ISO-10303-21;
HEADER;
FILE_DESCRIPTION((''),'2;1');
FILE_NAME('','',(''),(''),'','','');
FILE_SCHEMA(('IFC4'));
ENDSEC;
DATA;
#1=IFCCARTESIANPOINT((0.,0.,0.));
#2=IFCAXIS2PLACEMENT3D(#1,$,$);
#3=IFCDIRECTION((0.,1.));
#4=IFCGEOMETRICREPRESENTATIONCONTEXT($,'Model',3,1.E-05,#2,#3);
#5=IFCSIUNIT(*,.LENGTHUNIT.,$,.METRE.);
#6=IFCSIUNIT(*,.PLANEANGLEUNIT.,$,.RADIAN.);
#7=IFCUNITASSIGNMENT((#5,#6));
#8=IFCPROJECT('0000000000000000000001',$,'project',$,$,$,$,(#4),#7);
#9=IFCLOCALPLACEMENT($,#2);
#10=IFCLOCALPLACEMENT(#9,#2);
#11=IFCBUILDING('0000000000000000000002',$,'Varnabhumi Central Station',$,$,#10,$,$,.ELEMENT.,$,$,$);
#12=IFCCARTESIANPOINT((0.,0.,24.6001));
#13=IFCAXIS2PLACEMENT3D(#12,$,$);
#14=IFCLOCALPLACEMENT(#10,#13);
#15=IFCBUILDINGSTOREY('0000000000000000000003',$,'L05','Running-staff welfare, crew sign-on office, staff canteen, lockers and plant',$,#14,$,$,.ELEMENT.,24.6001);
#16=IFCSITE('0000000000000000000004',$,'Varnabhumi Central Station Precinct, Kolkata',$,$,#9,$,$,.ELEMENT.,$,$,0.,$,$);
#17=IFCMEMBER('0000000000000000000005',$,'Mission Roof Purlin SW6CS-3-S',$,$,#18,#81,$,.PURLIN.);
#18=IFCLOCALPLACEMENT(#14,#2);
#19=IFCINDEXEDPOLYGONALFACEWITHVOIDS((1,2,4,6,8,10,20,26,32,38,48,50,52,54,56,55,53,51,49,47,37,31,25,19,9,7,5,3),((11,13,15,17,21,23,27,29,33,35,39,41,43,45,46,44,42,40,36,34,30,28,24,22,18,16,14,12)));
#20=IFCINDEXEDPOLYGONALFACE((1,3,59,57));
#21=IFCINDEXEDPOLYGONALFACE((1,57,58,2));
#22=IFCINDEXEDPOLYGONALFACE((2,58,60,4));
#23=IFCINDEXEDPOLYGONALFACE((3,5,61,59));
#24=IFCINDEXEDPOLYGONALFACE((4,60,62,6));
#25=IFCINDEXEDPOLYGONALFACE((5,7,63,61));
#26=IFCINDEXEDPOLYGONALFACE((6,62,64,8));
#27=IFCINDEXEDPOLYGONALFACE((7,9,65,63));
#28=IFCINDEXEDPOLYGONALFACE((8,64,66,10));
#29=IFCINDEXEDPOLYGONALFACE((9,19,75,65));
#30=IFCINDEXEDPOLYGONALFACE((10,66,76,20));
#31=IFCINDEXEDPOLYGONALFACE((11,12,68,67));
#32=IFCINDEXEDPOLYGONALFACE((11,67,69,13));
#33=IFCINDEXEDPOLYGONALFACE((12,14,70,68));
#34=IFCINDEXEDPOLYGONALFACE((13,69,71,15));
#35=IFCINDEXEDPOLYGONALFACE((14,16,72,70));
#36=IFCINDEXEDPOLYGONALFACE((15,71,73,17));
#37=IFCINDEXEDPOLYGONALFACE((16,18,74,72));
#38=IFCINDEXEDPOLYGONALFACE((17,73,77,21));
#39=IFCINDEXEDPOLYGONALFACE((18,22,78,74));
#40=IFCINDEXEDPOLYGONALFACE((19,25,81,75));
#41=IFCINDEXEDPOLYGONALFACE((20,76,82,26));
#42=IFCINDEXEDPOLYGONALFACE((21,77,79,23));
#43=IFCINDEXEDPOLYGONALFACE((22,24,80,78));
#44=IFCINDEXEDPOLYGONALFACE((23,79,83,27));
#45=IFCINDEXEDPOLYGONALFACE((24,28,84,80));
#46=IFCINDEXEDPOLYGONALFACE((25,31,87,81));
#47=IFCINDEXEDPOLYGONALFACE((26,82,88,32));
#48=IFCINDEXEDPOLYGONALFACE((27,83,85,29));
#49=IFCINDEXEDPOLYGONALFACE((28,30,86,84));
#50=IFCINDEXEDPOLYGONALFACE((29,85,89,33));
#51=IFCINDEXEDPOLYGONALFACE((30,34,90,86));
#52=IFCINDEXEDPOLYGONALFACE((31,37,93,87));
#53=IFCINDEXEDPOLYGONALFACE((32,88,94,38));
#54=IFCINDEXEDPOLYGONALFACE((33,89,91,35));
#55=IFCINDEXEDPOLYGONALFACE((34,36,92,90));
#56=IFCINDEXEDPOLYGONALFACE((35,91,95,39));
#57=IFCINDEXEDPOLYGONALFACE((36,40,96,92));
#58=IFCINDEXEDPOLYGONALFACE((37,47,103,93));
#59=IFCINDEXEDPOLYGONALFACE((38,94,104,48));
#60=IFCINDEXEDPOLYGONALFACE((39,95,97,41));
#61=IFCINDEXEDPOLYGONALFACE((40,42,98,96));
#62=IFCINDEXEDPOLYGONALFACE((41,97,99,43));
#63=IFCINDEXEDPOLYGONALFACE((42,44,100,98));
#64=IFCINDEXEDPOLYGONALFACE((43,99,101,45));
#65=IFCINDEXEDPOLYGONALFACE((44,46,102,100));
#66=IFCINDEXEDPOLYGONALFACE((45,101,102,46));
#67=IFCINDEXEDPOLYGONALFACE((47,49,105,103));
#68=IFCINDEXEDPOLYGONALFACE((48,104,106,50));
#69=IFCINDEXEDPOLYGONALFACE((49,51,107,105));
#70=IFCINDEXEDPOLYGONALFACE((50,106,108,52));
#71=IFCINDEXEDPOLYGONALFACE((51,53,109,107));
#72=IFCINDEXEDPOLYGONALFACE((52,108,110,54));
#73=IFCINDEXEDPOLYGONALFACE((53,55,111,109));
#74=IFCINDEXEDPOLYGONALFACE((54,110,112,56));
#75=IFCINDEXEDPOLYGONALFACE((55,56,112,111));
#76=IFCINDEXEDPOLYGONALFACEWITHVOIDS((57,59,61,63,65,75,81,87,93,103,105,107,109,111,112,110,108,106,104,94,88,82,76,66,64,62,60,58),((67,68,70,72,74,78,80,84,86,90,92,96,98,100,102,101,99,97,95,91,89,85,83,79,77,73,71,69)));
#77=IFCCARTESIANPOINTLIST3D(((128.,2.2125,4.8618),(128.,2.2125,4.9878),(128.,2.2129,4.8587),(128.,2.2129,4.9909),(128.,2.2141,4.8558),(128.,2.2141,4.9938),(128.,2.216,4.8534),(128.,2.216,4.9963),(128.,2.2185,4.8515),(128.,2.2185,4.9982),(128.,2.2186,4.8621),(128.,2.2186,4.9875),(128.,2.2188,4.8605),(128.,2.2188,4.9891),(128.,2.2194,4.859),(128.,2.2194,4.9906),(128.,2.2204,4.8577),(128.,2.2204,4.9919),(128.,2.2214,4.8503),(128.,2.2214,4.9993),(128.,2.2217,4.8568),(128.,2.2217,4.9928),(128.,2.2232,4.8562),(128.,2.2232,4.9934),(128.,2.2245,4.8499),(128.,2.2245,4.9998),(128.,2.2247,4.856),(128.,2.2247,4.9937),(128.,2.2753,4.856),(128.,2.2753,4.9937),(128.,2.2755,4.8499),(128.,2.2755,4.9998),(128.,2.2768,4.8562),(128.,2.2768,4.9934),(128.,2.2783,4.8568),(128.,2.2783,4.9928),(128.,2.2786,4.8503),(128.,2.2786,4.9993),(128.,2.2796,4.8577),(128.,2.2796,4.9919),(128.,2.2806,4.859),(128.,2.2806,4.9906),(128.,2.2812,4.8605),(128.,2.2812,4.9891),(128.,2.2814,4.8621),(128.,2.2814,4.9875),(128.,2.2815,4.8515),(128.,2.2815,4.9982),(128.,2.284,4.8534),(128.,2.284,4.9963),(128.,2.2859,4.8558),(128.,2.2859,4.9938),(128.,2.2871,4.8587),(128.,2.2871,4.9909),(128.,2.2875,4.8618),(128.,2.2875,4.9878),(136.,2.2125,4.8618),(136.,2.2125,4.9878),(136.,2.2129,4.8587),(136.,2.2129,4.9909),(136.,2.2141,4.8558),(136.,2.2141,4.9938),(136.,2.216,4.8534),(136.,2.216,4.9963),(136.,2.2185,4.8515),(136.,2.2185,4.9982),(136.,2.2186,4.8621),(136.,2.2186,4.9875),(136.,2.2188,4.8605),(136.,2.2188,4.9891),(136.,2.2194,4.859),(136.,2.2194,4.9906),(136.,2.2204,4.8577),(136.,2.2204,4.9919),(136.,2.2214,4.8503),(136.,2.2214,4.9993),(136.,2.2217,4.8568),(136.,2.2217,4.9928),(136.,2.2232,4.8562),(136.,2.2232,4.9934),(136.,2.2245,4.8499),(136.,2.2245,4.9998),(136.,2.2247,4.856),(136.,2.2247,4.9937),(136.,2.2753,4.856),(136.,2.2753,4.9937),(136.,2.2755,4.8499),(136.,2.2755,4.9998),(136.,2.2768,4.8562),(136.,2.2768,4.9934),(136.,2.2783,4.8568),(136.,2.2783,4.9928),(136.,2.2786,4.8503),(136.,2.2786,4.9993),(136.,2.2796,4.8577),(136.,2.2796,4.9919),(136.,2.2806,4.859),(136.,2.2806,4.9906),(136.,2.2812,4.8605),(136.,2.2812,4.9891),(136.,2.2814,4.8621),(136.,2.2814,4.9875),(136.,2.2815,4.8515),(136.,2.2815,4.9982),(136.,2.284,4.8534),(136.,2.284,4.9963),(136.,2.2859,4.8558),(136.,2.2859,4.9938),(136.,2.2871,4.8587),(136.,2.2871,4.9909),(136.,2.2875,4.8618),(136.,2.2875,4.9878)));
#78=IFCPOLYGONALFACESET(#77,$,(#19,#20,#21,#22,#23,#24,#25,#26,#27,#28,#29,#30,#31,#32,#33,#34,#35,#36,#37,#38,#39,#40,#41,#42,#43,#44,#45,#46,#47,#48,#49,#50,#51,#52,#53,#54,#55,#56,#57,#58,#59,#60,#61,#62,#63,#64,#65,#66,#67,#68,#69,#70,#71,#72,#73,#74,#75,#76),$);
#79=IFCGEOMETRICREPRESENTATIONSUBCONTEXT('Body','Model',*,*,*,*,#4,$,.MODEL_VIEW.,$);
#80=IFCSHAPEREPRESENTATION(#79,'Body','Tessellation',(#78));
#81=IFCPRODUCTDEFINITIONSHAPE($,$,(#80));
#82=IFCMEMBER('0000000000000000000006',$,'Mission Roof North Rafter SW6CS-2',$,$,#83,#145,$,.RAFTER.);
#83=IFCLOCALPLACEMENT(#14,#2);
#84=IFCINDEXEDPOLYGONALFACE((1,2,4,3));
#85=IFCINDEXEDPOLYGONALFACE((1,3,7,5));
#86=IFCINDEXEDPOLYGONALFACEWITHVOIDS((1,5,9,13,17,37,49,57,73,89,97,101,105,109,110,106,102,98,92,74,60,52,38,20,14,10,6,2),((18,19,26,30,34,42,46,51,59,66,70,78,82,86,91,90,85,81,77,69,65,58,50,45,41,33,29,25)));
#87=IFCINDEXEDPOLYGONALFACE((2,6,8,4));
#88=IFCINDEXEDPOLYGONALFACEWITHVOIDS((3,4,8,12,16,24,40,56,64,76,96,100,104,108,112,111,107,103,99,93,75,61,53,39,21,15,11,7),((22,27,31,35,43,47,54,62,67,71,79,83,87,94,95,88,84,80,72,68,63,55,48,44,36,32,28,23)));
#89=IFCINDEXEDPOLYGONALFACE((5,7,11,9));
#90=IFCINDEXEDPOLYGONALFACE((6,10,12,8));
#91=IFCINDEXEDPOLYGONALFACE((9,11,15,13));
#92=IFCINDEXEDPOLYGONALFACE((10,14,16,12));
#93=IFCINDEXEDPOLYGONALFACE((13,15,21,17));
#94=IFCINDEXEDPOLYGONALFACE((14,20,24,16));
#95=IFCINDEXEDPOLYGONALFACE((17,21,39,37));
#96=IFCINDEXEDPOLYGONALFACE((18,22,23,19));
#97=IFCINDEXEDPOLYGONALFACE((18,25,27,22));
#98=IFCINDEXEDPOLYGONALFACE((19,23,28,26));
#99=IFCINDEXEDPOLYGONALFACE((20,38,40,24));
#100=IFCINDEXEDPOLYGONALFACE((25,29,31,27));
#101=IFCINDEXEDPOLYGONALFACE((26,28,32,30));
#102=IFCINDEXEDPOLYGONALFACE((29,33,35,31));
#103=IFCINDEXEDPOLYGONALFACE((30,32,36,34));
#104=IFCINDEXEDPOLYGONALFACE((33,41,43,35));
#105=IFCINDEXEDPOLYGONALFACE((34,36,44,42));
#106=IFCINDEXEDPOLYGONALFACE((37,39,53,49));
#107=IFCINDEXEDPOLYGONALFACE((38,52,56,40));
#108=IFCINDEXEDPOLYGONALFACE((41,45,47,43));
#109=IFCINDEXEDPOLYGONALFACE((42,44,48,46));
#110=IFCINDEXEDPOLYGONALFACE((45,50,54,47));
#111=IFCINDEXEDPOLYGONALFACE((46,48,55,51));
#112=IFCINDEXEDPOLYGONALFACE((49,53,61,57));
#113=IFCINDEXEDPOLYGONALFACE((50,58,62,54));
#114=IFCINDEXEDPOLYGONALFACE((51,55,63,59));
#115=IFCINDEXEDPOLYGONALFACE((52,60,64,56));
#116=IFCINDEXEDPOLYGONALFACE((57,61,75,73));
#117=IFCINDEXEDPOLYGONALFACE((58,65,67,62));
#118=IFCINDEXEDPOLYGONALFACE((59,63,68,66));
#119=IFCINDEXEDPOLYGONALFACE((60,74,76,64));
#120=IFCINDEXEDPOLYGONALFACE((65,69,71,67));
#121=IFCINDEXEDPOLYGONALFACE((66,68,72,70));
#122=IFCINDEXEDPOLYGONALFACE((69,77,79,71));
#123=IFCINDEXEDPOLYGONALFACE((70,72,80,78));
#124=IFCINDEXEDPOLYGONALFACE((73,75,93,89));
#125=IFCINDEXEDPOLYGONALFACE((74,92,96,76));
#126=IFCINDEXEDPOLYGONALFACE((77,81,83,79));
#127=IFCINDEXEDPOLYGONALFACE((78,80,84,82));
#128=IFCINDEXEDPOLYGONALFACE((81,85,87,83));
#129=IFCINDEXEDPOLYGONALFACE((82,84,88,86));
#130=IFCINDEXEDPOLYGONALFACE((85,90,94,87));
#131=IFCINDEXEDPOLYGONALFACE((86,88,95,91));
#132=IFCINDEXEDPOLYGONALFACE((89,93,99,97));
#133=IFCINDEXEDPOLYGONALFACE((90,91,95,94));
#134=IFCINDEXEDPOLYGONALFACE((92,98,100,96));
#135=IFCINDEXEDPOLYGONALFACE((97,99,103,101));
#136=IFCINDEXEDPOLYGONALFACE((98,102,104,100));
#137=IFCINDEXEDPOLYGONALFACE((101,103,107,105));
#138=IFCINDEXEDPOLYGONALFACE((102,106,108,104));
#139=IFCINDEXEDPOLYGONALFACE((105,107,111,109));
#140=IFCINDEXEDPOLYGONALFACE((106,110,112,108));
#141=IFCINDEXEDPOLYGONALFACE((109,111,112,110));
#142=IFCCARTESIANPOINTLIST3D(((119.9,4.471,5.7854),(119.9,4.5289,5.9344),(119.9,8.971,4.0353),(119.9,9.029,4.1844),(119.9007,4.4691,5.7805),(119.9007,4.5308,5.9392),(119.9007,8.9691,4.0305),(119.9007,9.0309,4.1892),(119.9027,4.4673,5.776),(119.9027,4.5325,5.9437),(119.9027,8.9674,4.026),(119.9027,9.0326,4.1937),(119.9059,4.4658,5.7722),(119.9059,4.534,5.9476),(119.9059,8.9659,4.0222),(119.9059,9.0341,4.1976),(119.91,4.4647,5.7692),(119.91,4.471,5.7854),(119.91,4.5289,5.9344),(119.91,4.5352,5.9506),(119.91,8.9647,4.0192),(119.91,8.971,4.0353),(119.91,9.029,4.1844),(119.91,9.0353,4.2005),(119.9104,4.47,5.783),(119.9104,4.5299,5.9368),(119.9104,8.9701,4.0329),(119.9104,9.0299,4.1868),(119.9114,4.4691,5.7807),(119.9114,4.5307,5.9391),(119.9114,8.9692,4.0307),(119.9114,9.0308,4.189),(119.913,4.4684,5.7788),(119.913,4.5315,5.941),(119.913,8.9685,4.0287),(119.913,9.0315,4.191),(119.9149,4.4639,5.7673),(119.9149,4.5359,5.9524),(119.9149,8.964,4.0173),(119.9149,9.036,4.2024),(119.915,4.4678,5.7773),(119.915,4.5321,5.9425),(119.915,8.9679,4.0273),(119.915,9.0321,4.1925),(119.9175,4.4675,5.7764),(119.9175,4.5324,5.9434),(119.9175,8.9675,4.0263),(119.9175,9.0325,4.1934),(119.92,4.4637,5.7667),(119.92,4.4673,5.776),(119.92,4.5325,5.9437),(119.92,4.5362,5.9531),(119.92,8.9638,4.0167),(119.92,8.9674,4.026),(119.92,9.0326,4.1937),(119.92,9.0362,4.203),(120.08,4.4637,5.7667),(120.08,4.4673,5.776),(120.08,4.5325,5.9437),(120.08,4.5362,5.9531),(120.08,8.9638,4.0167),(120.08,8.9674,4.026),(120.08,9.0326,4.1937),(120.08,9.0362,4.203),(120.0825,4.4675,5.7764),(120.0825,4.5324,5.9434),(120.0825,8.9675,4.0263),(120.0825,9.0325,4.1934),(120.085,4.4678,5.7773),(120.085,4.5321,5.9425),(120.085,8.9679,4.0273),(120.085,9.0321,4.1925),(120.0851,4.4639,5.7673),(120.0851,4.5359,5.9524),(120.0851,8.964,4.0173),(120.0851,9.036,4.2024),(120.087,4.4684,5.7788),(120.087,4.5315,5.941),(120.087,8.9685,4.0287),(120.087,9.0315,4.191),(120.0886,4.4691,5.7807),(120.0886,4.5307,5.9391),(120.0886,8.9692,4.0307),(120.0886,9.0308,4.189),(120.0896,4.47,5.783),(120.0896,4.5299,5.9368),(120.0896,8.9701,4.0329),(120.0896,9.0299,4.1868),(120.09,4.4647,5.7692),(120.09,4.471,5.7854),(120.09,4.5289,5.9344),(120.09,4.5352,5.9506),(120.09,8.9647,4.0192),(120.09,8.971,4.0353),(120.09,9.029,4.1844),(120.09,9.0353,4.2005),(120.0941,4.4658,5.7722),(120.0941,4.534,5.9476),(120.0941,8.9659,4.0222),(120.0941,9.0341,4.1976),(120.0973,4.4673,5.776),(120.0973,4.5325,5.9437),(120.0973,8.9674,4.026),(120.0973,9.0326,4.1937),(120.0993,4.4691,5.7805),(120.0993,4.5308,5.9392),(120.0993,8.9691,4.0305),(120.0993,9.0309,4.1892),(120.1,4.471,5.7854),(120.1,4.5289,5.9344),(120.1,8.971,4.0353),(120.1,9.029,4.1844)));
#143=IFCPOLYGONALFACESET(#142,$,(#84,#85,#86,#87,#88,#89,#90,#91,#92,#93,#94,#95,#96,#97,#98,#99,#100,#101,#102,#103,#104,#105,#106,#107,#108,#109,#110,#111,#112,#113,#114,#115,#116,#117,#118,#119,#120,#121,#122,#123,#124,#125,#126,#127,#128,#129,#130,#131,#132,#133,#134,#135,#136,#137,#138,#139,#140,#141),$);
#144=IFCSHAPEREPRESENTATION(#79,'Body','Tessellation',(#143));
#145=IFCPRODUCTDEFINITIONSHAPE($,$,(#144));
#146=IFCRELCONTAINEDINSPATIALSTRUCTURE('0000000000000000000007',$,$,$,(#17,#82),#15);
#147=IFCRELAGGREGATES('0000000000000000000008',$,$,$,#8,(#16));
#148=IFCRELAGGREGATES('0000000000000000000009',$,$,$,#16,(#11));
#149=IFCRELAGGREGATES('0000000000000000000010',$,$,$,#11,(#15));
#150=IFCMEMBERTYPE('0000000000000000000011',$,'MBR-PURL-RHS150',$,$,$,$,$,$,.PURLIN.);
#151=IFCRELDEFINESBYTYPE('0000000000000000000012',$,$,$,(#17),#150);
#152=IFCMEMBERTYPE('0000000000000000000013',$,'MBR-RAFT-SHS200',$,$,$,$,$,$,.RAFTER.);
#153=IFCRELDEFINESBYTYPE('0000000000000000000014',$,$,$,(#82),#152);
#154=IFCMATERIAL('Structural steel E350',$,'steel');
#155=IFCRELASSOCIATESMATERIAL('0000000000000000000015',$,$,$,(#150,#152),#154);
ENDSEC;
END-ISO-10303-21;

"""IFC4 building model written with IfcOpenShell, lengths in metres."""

from ifc_helpers import new_model, si_unit, direction, frame, origin, origin_2d, place, context, subcontext, project, spatial, hollow_rectangle, extrude, material, material_profile, profile_set, type_object, element, save


model = new_model("IFC4")

# Units and contexts
model_context = context("Model", 3, precision=1e-05, world=origin(), true_north=direction((0.0, 1.0)))
body_context = subcontext(model_context, "Body", "Model", "MODEL_VIEW")
ifc_project = project(units=[si_unit("LENGTHUNIT", "METRE"), si_unit("PLANEANGLEUNIT", "RADIAN")], contexts=[model_context])

# Site, building, storey
site_placement = place(None, origin())
site = spatial("IfcSite", under=ifc_project, at=site_placement, Name="Varnabhumi Central Station Precinct, Kolkata", CompositionType="ELEMENT", RefElevation=0.0)
building_placement = place(site_placement, origin())
building = spatial("IfcBuilding", under=site, at=building_placement, Name="Varnabhumi Central Station", CompositionType="ELEMENT")
storey_placement = place(building_placement, frame((0.0, 0.0, 24.6001)))
storey = spatial("IfcBuildingStorey", under=building, at=storey_placement, Name="L05", Description="Running-staff welfare, crew sign-on office, staff canteen, lockers and plant", CompositionType="ELEMENT", Elevation=24.6001)

# Shared definitions
ifc_material_1 = material(Name="Structural steel E350", Category="steel")

# Members
ifc_material_profile_1 = material_profile(ifc_material_1, hollow_rectangle(XDim=0.075, YDim=0.1499, WallThickness=0.0061, InnerFilletRadius=0.0061, OuterFilletRadius=0.012, at=origin_2d()), Name="Structural steel E350", Category="steel")
ifc_profile_set_1 = profile_set([ifc_material_profile_1], Name="Structural steel E350")
member_type_1 = type_object("IfcMemberType", Name="MBR-PURL-RHS150", PredefinedType="PURLIN", material=ifc_profile_set_1)
member_1_placement = place(storey_placement, frame((128.0, 2.25, 4.9248), z_axis=(1.0, 0.0, 0.0), x_axis=(0.0, 1.0, 0.0)))
element("IfcMember", 1, at=member_1_placement, inside=storey, type_object=member_type_1, Name="Mission Roof Purlin SW6CS-3-S", PredefinedType="PURLIN", context=body_context, shape_type="SweptSolid", body=[
    extrude(hollow_rectangle(XDim=0.075, YDim=0.1499, WallThickness=0.0061, InnerFilletRadius=0.0061, OuterFilletRadius=0.012, at=origin_2d()), origin(), (0.0, 0.0, 1.0), 8.0),
])
ifc_material_profile_2 = material_profile(ifc_material_1, hollow_rectangle(XDim=0.2, YDim=0.2, WallThickness=0.01, InnerFilletRadius=0.01, OuterFilletRadius=0.02, at=origin_2d()), Name="Structural steel E350", Category="steel")
ifc_profile_set_2 = profile_set([ifc_material_profile_2], Name="Structural steel E350")
member_type_2 = type_object("IfcMemberType", Name="MBR-RAFT-SHS200", PredefinedType="RAFTER", material=ifc_profile_set_2)
for number, where, z_axis, x_axis, name in (
    (2, (120.0, 9.0, 4.1099), (0.0, -0.932005, 0.362446), (1.0, 0.0, 0.0), "Mission Roof North Rafter SW6CS-2"),
):
    element("IfcMember", number, at=place(storey_placement, frame(where, z_axis=z_axis, x_axis=x_axis)), inside=storey, type_object=member_type_2, Name=name, PredefinedType="RAFTER", context=body_context, shape_type="SweptSolid", body=[
        extrude(hollow_rectangle(XDim=0.2, YDim=0.2, WallThickness=0.01, InnerFilletRadius=0.01, OuterFilletRadius=0.02, at=origin_2d()), origin(), (0.0, 0.0, 1.0), 4.8284),
    ])

save(model, "model.ifc")
